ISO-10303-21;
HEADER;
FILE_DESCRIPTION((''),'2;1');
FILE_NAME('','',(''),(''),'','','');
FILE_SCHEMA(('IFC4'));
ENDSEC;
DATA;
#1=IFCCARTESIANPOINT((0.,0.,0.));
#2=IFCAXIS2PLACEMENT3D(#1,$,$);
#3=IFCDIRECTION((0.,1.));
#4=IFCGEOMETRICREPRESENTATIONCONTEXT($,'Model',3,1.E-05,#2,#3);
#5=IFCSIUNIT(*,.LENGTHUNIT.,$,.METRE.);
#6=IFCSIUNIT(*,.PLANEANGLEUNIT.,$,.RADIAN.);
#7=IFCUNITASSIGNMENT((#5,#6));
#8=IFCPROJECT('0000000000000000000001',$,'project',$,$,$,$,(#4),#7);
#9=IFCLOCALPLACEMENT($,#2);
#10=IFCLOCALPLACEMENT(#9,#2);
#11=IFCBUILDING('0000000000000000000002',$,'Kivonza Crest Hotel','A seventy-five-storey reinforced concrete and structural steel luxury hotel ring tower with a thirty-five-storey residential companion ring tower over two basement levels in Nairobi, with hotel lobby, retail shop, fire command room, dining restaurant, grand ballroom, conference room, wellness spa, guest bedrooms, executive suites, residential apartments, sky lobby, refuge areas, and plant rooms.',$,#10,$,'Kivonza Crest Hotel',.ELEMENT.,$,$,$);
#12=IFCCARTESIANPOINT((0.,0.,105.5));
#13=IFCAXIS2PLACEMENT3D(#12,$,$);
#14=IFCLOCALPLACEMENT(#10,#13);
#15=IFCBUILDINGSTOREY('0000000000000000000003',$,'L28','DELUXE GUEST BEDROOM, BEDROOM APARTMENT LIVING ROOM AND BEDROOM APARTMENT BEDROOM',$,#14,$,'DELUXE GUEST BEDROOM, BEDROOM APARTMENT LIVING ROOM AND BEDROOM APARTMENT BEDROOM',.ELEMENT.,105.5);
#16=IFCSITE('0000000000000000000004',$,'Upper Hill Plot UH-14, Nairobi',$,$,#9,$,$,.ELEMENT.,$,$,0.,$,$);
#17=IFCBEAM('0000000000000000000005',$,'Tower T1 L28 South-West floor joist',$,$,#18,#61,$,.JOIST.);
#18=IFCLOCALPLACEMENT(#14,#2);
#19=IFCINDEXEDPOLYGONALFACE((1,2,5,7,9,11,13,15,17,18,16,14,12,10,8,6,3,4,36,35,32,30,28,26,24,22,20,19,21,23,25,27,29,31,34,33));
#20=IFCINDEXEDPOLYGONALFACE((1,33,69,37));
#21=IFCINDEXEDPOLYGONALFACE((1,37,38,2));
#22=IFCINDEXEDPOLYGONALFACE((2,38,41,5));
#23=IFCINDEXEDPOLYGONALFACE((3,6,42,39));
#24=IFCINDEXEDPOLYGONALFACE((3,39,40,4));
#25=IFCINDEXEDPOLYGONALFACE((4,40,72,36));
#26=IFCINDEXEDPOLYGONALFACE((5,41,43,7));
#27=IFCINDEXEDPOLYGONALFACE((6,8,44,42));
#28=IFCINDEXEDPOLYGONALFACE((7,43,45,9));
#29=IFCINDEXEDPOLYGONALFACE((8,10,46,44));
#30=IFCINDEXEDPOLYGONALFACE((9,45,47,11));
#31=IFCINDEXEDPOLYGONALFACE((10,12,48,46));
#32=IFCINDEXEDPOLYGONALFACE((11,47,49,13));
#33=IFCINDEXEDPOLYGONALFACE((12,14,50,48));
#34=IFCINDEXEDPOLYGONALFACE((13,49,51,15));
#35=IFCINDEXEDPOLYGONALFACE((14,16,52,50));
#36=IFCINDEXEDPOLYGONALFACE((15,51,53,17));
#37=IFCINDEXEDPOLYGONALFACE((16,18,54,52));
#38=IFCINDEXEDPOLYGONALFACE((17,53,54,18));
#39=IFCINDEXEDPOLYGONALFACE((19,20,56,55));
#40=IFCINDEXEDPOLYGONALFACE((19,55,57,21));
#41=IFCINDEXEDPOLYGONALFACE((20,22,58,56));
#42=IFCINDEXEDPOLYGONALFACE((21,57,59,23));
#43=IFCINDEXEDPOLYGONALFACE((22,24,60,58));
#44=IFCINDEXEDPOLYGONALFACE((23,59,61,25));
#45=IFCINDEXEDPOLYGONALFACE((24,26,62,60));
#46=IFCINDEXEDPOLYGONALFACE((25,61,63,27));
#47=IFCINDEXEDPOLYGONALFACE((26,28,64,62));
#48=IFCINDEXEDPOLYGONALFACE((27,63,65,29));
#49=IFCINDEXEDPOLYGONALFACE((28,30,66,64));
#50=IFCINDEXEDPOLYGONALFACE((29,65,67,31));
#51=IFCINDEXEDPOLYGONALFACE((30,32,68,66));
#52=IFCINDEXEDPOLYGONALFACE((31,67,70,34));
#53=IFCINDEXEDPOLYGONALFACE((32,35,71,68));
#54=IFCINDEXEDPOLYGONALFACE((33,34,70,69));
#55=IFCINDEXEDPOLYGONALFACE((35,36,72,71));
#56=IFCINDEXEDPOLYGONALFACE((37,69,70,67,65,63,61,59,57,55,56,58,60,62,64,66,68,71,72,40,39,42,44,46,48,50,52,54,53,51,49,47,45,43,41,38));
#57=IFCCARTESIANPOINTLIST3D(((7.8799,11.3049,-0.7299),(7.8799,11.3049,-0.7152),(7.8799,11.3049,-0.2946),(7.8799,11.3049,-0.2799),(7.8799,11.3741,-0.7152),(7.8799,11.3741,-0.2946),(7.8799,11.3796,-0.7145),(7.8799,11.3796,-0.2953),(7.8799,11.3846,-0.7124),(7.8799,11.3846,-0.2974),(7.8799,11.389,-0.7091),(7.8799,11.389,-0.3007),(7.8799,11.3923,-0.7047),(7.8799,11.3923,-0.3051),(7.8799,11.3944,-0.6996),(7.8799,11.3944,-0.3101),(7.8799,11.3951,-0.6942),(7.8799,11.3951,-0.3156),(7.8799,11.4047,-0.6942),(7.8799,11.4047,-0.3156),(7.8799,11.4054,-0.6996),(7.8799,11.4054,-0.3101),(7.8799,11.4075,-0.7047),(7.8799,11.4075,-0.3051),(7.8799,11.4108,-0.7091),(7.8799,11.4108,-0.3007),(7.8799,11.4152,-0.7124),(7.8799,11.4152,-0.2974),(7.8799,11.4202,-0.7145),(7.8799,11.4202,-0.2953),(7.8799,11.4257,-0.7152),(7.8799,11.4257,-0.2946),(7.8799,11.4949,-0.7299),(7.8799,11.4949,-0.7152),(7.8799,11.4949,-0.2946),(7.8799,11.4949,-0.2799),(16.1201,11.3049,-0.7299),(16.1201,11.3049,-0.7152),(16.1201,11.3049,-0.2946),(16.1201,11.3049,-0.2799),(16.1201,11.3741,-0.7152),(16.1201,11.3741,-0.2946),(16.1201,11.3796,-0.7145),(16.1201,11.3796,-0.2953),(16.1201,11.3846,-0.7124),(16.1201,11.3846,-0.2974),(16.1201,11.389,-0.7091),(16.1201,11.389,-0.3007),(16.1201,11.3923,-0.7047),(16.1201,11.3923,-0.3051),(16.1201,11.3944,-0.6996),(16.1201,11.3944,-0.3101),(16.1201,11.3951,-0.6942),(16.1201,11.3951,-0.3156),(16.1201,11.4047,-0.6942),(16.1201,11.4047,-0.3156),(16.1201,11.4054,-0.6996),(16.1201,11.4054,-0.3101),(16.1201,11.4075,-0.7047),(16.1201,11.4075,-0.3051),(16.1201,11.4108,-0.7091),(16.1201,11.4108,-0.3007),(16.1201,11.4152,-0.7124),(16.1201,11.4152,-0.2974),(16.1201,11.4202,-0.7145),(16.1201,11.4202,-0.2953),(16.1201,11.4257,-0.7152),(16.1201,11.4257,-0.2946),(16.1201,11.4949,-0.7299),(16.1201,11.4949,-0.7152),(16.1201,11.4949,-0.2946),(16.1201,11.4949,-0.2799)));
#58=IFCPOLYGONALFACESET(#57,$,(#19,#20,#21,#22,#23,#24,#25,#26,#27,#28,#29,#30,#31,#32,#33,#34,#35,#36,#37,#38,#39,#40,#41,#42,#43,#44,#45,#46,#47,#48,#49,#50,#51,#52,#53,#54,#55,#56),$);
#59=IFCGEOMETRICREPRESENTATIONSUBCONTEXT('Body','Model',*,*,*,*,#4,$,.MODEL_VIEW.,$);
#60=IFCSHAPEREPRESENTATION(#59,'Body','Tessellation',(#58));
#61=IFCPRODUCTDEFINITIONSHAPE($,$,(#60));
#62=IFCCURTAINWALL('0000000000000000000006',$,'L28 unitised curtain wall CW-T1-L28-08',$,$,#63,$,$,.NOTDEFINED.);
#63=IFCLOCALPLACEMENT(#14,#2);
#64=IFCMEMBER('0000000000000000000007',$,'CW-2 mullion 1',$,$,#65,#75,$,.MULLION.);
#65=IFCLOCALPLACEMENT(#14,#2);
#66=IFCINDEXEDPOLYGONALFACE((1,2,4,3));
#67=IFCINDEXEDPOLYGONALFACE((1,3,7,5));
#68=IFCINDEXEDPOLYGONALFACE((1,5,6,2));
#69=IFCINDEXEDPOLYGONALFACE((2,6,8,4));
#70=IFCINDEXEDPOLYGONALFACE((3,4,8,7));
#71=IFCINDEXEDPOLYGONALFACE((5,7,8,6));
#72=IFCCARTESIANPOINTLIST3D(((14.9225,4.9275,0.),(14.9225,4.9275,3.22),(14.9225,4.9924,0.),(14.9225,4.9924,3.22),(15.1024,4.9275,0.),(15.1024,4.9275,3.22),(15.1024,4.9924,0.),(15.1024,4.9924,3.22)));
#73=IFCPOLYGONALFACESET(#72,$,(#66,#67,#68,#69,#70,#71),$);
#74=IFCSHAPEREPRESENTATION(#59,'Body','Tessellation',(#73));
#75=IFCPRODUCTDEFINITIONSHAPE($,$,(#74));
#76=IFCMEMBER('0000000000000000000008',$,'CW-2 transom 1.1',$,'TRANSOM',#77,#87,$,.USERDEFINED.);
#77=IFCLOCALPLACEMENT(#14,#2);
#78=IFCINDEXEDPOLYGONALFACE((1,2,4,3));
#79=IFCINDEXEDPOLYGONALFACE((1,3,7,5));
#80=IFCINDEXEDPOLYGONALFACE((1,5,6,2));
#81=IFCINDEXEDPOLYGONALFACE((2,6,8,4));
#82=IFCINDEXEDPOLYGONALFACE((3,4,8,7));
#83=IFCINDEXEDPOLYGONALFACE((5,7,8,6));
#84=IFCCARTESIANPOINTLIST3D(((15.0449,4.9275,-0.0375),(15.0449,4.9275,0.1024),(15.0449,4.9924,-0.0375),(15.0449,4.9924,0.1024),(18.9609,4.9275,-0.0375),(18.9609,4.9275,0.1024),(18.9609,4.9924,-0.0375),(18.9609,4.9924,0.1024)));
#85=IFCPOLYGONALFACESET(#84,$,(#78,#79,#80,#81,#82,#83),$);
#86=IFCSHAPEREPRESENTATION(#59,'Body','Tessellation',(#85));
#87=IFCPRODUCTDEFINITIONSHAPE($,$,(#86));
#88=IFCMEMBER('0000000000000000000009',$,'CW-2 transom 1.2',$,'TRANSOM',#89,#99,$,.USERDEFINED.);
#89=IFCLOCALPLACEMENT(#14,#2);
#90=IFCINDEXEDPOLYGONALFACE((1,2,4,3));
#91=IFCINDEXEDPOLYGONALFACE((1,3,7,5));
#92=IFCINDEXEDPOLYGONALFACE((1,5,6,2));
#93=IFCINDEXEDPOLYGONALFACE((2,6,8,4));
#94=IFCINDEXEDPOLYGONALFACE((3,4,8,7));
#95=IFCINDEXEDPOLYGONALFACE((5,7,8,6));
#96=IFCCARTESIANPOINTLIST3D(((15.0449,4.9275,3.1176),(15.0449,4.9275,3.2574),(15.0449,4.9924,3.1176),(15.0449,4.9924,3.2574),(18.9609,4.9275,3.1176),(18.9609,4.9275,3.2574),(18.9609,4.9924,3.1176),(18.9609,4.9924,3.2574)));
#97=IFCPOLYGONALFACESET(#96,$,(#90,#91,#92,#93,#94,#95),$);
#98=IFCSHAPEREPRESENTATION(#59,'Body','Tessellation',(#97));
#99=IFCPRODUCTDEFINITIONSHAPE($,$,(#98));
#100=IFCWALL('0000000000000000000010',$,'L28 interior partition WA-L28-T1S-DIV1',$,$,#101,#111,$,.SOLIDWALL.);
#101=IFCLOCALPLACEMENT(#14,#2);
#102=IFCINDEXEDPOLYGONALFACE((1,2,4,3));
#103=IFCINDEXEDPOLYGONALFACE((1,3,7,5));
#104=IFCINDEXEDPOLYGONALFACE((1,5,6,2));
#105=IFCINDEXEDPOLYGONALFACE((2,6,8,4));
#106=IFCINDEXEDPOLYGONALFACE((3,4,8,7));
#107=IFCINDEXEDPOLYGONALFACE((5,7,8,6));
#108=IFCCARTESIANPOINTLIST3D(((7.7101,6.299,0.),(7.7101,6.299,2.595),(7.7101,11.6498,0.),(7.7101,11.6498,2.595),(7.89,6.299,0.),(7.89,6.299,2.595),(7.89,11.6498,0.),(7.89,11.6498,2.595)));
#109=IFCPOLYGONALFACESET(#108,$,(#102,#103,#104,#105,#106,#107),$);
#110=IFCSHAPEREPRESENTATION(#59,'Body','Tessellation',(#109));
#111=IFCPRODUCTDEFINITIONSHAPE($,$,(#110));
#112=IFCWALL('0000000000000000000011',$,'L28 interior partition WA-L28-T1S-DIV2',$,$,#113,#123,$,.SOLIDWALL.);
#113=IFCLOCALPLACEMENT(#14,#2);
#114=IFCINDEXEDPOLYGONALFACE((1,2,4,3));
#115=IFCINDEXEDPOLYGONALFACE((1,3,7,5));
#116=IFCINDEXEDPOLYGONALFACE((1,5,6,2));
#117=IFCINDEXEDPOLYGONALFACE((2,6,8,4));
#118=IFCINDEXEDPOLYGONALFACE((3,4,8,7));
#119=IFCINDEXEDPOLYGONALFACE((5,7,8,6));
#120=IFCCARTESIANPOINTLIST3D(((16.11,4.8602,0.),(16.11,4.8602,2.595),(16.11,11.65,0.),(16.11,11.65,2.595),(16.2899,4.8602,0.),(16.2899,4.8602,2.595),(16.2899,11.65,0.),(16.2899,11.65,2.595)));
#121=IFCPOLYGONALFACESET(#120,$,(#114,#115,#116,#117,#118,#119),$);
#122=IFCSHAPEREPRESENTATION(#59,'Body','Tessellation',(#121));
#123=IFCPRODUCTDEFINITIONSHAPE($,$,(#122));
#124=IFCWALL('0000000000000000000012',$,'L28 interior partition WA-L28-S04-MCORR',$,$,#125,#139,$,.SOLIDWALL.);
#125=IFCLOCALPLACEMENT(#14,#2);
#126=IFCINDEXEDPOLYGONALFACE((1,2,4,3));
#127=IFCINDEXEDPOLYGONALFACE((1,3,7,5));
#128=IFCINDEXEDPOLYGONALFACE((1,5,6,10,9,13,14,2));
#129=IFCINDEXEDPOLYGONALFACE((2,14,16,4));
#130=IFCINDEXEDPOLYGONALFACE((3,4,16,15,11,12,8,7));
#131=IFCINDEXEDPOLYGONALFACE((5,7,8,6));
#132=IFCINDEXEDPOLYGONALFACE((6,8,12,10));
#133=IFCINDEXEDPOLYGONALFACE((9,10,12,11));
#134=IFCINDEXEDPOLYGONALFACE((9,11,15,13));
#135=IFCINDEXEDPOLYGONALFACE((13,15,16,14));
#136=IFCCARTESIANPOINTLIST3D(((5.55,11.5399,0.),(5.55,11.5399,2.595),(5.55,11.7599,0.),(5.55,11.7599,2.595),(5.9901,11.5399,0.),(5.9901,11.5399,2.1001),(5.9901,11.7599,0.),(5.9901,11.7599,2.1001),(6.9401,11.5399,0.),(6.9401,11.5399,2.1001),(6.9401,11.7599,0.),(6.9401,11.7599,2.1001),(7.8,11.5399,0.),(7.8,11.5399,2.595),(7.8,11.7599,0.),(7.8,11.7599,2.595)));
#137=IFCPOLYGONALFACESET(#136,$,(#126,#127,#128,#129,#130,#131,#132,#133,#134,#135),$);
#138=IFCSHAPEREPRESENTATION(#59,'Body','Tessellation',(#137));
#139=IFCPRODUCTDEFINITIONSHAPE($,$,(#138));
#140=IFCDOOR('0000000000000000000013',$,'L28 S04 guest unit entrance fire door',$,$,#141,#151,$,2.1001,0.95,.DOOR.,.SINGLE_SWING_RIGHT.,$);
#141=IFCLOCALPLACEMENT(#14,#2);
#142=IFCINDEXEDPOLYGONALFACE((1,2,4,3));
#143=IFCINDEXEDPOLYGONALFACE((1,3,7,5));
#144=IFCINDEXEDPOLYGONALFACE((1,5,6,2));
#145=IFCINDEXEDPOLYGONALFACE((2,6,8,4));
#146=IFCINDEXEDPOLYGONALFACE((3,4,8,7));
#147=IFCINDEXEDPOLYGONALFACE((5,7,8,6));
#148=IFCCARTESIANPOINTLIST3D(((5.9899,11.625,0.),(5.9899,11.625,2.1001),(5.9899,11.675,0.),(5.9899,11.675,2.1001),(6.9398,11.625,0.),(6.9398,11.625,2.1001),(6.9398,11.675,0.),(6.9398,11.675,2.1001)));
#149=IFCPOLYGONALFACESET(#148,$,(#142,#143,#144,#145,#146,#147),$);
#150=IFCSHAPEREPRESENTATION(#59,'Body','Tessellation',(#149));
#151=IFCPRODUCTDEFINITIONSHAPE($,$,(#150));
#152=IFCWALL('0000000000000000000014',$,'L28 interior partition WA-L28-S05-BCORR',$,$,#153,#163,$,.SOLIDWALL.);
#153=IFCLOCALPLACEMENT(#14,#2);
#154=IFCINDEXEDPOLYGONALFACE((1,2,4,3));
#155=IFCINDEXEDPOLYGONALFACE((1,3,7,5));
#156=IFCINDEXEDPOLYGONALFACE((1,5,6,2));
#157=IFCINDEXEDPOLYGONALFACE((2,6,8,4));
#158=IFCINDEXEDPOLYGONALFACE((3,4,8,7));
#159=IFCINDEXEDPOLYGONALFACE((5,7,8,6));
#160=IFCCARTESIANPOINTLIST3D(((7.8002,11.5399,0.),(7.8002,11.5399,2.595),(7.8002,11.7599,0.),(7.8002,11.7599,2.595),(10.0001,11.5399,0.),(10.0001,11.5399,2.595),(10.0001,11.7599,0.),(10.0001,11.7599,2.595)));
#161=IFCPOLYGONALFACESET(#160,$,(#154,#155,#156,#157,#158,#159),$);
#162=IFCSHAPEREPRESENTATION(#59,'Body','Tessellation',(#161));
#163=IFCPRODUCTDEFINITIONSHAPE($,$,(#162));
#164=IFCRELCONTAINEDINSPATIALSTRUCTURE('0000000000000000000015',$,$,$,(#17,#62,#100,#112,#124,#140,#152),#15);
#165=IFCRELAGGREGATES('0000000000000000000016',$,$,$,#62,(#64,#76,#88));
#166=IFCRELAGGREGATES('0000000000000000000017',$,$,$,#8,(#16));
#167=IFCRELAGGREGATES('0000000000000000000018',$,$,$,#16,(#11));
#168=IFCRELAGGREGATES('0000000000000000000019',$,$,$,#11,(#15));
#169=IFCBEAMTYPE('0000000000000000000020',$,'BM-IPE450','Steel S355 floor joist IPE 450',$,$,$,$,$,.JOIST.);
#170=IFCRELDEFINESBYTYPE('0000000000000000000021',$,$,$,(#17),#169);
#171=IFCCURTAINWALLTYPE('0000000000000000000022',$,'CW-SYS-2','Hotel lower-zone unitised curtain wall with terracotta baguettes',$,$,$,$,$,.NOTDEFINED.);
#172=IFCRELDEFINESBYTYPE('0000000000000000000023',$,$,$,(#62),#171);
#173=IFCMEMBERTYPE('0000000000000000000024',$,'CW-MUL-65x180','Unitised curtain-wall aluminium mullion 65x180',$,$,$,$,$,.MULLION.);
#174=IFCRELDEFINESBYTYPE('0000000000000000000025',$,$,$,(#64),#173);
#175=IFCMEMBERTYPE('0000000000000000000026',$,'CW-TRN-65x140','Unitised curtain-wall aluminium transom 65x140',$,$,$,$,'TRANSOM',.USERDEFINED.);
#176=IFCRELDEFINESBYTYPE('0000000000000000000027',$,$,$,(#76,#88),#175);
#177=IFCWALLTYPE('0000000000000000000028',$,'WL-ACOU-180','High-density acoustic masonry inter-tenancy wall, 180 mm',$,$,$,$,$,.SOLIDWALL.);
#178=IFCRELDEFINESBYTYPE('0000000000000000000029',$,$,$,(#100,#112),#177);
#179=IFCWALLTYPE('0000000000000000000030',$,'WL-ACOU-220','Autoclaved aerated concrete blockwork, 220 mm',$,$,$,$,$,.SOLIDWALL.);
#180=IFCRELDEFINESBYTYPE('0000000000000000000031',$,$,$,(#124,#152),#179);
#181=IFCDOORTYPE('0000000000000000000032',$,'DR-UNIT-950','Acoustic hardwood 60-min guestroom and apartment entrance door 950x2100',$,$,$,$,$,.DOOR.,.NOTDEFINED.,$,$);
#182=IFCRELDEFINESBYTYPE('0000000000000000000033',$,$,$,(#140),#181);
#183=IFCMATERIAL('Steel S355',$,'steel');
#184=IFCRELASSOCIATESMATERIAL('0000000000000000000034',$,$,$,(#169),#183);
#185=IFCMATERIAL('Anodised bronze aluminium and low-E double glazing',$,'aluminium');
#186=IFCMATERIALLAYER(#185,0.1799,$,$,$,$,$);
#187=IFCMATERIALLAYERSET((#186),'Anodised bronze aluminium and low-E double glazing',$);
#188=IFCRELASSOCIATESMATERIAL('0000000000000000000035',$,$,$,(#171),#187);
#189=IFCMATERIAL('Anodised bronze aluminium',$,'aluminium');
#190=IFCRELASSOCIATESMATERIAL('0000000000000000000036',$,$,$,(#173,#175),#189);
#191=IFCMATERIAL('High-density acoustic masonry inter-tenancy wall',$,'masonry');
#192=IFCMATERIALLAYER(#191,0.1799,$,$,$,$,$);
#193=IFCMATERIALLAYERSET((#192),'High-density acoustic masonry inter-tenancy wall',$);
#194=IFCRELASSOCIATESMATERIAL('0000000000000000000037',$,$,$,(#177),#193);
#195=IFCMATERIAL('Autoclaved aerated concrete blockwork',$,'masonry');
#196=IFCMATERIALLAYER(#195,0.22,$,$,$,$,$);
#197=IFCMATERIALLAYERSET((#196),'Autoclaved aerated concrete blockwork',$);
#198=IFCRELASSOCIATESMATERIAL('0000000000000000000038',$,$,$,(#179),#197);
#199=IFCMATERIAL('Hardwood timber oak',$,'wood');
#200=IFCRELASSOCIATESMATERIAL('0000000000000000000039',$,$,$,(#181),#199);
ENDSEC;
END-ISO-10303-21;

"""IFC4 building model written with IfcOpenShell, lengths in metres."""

from ifc_helpers import new_model, si_unit, direction, frame, frame_2d, origin, origin_2d, place, context, subcontext, project, spatial, rectangle, i_section, extrude, material, layer, layer_set, material_profile, profile_set, type_object, element, fill, aggregate, save


model = new_model("IFC4")

# Units and contexts
model_context = context("Model", 3, precision=1e-05, world=origin(), true_north=direction((0.0, 1.0)))
body_context = subcontext(model_context, "Body", "Model", "MODEL_VIEW")
ifc_project = project(units=[si_unit("LENGTHUNIT", "METRE"), si_unit("PLANEANGLEUNIT", "RADIAN")], contexts=[model_context])

# Site, building, storey
site_placement = place(None, origin())
site = spatial("IfcSite", under=ifc_project, at=site_placement, Name="Upper Hill Plot UH-14, Nairobi", CompositionType="ELEMENT", RefElevation=0.0)
building_placement = place(site_placement, origin())
building = spatial("IfcBuilding", under=site, at=building_placement, Name="Kivonza Crest Hotel", Description="A seventy-five-storey reinforced concrete and structural steel luxury hotel ring tower with a thirty-five-storey residential companion ring tower over two basement levels in Nairobi, with hotel lobby, retail shop, fire command room, dining restaurant, grand ballroom, conference room, wellness spa, guest bedrooms, executive suites, residential apartments, sky lobby, refuge areas, and plant rooms.", LongName="Kivonza Crest Hotel", CompositionType="ELEMENT")
storey_placement = place(building_placement, frame((0.0, 0.0, 105.5)))
storey = spatial("IfcBuildingStorey", under=building, at=storey_placement, Name="L28", Description="DELUXE GUEST BEDROOM, BEDROOM APARTMENT LIVING ROOM AND BEDROOM APARTMENT BEDROOM", LongName="DELUXE GUEST BEDROOM, BEDROOM APARTMENT LIVING ROOM AND BEDROOM APARTMENT BEDROOM", CompositionType="ELEMENT", Elevation=105.5)

# Beam
ifc_material_1 = material(Name="Steel S355", Category="steel")
ifc_material_profile_1 = material_profile(ifc_material_1, i_section(OverallWidth=0.1899, OverallDepth=0.45, WebThickness=0.0095, FlangeThickness=0.0146, FilletRadius=0.021, at=origin_2d()), Name="IPE 450")
ifc_profile_set_1 = profile_set([ifc_material_profile_1], Name="Steel S355")
beam_type_1 = type_object("IfcBeamType", Name="BM-IPE450", Description="Steel S355 floor joist IPE 450", PredefinedType="JOIST", material=ifc_profile_set_1)
beam_1_placement = place(storey_placement, frame((7.8799, 11.3999, -0.5049), z_axis=(1.0, 0.0, 0.0), x_axis=(0.0, 1.0, 0.0)))
element("IfcBeam", 1, at=beam_1_placement, inside=storey, type_object=beam_type_1, Name="Tower T1 L28 South-West floor joist", PredefinedType="JOIST", context=body_context, shape_type="SweptSolid", body=[
    extrude(i_section(OverallWidth=0.1899, OverallDepth=0.45, WebThickness=0.0095, FlangeThickness=0.0146, FilletRadius=0.021, at=origin_2d()), origin(), (0.0, 0.0, 1.0), 8.2402),
])

# Curtain wall, members
ifc_material_2 = material(Name="Anodised bronze aluminium and low-E double glazing", Category="aluminium")
ifc_layer_1 = layer(ifc_material_2, 0.1799)
ifc_layer_set_1 = layer_set([ifc_layer_1], Name="Anodised bronze aluminium and low-E double glazing")
curtain_wall_type = type_object("IfcCurtainWallType", Name="CW-SYS-2", Description="Hotel lower-zone unitised curtain wall with terracotta baguettes", PredefinedType="NOTDEFINED", material=ifc_layer_set_1)
curtain_wall_placement = place(storey_placement, origin())
curtain_wall = element("IfcCurtainWall", 2, at=curtain_wall_placement, inside=storey, type_object=curtain_wall_type, Name="L28 unitised curtain wall CW-T1-L28-08", PredefinedType="NOTDEFINED")
ifc_material_3 = material(Name="Anodised bronze aluminium", Category="aluminium")
ifc_material_profile_2 = material_profile(ifc_material_3, rectangle(XDim=0.0649, YDim=0.1799, at=origin_2d()), Name="CW-M 65x180")
ifc_profile_set_2 = profile_set([ifc_material_profile_2], Name="Anodised bronze aluminium")
member_type_1 = type_object("IfcMemberType", Name="CW-MUL-65x180", Description="Unitised curtain-wall aluminium mullion 65x180", PredefinedType="MULLION", material=ifc_profile_set_2)
member_1_placement = place(storey_placement, frame((15.0125, 4.96, 0.0), z_axis=(0.0, 0.0, 1.0), x_axis=(0.0, 1.0, 0.0)))
member_1 = element("IfcMember", 3, at=member_1_placement, type_object=member_type_1, Name="CW-2 mullion 1", PredefinedType="MULLION", context=body_context, shape_type="SweptSolid", body=[
    extrude(rectangle(XDim=0.0649, YDim=0.1799, at=origin_2d()), origin(), (0.0, 0.0, 1.0), 3.22),
])
ifc_material_profile_3 = material_profile(ifc_material_3, rectangle(XDim=0.0649, YDim=0.1399, at=origin_2d()), Name="CW-T 65x140")
ifc_profile_set_3 = profile_set([ifc_material_profile_3], Name="Anodised bronze aluminium")
member_type_2 = type_object("IfcMemberType", Name="CW-TRN-65x140", Description="Unitised curtain-wall aluminium transom 65x140", ElementType="TRANSOM", PredefinedType="USERDEFINED", material=ifc_profile_set_3)
member_2_placement = place(storey_placement, frame((15.0449, 4.96, 0.0325), z_axis=(1.0, 0.0, 0.0), x_axis=(0.0, 1.0, 0.0)))
member_2 = element("IfcMember", 4, at=member_2_placement, type_object=member_type_2, Name="CW-2 transom 1.1", ObjectType="TRANSOM", PredefinedType="USERDEFINED", context=body_context, shape_type="SweptSolid", body=[
    extrude(rectangle(XDim=0.0649, YDim=0.1399, at=origin_2d()), origin(), (0.0, 0.0, 1.0), 3.916),
])
member_3_placement = place(storey_placement, frame((15.0449, 4.96, 3.1875), z_axis=(1.0, 0.0, 0.0), x_axis=(0.0, 1.0, 0.0)))
member_3 = element("IfcMember", 5, at=member_3_placement, type_object=member_type_2, Name="CW-2 transom 1.2", ObjectType="TRANSOM", PredefinedType="USERDEFINED", context=body_context, shape_type="SweptSolid", body=[
    extrude(rectangle(XDim=0.0649, YDim=0.1399, at=origin_2d()), origin(), (0.0, 0.0, 1.0), 3.916),
])
aggregate(curtain_wall, [member_1, member_2, member_3])

# Walls
ifc_material_4 = material(Name="High-density acoustic masonry inter-tenancy wall", Category="masonry")
ifc_layer_2 = layer(ifc_material_4, 0.1799)
ifc_layer_set_2 = layer_set([ifc_layer_2], Name="High-density acoustic masonry inter-tenancy wall")
wall_type_1 = type_object("IfcWallType", Name="WL-ACOU-180", Description="High-density acoustic masonry inter-tenancy wall, 180 mm", PredefinedType="SOLIDWALL", material=ifc_layer_set_2)
wall_1_placement = place(storey_placement, frame((7.8, 6.2991, 0.0), z_axis=(0.0, 0.0, 1.0), x_axis=(0.0, 1.0, 0.0)))
element("IfcWall", 6, at=wall_1_placement, inside=storey, type_object=wall_type_1, Name="L28 interior partition WA-L28-T1S-DIV1", PredefinedType="SOLIDWALL", context=body_context, shape_type="SweptSolid", body=[
    extrude(rectangle(XDim=5.3508, YDim=0.1799, at=frame_2d((2.6753, 0.0))), origin(), (0.0, 0.0, 1.0), 2.595),
])
wall_2_placement = place(storey_placement, frame((16.2, 4.8601, 0.0), z_axis=(0.0, 0.0, 1.0), x_axis=(0.0, 1.0, 0.0)))
element("IfcWall", 7, at=wall_2_placement, inside=storey, type_object=wall_type_1, Name="L28 interior partition WA-L28-T1S-DIV2", PredefinedType="SOLIDWALL", context=body_context, shape_type="SweptSolid", body=[
    extrude(rectangle(XDim=6.7898, YDim=0.1799, at=frame_2d((3.395, 0.0))), origin(), (0.0, 0.0, 1.0), 2.595),
])

# Wall, opening, door
ifc_material_5 = material(Name="Autoclaved aerated concrete blockwork", Category="masonry")
ifc_layer_3 = layer(ifc_material_5, 0.22)
ifc_layer_set_3 = layer_set([ifc_layer_3], Name="Autoclaved aerated concrete blockwork")
wall_type_2 = type_object("IfcWallType", Name="WL-ACOU-220", Description="Autoclaved aerated concrete blockwork, 220 mm", PredefinedType="SOLIDWALL", material=ifc_layer_set_3)
wall_3_placement = place(storey_placement, frame((5.55, 11.6499, 0.0), z_axis=(0.0, 0.0, 1.0), x_axis=(1.0, 0.0, 0.0)))
wall_3 = element("IfcWall", 8, at=wall_3_placement, inside=storey, type_object=wall_type_2, Name="L28 interior partition WA-L28-S04-MCORR", PredefinedType="SOLIDWALL", context=body_context, shape_type="SweptSolid", body=[
    extrude(rectangle(XDim=2.25, YDim=0.22, at=frame_2d((1.125, 0.0))), origin(), (0.0, 0.0, 1.0), 2.595),
])
opening_1_placement = place(wall_3_placement, frame((0.4399, 0.0, 0.0)))
opening_1 = element("IfcOpeningElement", 9, at=opening_1_placement, cuts=wall_3, PredefinedType="OPENING", context=body_context, shape_type="SweptSolid", body=[
    extrude(rectangle(XDim=0.95, YDim=2.1001, at=frame_2d((0.4751, 1.05))), frame((0.0, 0.1201, 0.0), z_axis=(0.0, -1.0, 0.0), x_axis=(1.0, 0.0, 0.0)), (0.0, 0.0, 1.0), 0.24),
])
ifc_material_6 = material(Name="Hardwood timber oak", Category="wood")
door_type_1 = type_object("IfcDoorType", Name="DR-UNIT-950", Description="Acoustic hardwood 60-min guestroom and apartment entrance door 950x2100", OperationType="NOTDEFINED", PredefinedType="DOOR", material=ifc_material_6)
door_1_placement = place(opening_1_placement, frame((0.95, 0.0, 0.0), z_axis=(0.0, 0.0, 1.0), x_axis=(-1.0, 0.0, 0.0)))
door_1 = element("IfcDoor", 10, at=door_1_placement, inside=storey, type_object=door_type_1, Name="L28 S04 guest unit entrance fire door", OperationType="SINGLE_SWING_RIGHT", OverallHeight=2.1001, OverallWidth=0.95, PredefinedType="DOOR", context=body_context, shape_type="SweptSolid", body=[
    extrude(rectangle(XDim=0.95, YDim=2.1001, at=frame_2d((0.4751, 1.05))), frame((0.0, 0.0249, 0.0), z_axis=(0.0, -1.0, 0.0), x_axis=(1.0, 0.0, 0.0)), (0.0, 0.0, 1.0), 0.05),
])
fill(opening_1, door_1)

# Wall
wall_4_placement = place(storey_placement, frame((7.8, 11.6499, 0.0), z_axis=(0.0, 0.0, 1.0), x_axis=(1.0, 0.0, 0.0)))
element("IfcWall", 11, at=wall_4_placement, inside=storey, type_object=wall_type_2, Name="L28 interior partition WA-L28-S05-BCORR", PredefinedType="SOLIDWALL", context=body_context, shape_type="SweptSolid", body=[
    extrude(rectangle(XDim=2.2, YDim=0.22, at=frame_2d((1.1001, 0.0))), origin(), (0.0, 0.0, 1.0), 2.595),
])

save(model, "model.ifc")
